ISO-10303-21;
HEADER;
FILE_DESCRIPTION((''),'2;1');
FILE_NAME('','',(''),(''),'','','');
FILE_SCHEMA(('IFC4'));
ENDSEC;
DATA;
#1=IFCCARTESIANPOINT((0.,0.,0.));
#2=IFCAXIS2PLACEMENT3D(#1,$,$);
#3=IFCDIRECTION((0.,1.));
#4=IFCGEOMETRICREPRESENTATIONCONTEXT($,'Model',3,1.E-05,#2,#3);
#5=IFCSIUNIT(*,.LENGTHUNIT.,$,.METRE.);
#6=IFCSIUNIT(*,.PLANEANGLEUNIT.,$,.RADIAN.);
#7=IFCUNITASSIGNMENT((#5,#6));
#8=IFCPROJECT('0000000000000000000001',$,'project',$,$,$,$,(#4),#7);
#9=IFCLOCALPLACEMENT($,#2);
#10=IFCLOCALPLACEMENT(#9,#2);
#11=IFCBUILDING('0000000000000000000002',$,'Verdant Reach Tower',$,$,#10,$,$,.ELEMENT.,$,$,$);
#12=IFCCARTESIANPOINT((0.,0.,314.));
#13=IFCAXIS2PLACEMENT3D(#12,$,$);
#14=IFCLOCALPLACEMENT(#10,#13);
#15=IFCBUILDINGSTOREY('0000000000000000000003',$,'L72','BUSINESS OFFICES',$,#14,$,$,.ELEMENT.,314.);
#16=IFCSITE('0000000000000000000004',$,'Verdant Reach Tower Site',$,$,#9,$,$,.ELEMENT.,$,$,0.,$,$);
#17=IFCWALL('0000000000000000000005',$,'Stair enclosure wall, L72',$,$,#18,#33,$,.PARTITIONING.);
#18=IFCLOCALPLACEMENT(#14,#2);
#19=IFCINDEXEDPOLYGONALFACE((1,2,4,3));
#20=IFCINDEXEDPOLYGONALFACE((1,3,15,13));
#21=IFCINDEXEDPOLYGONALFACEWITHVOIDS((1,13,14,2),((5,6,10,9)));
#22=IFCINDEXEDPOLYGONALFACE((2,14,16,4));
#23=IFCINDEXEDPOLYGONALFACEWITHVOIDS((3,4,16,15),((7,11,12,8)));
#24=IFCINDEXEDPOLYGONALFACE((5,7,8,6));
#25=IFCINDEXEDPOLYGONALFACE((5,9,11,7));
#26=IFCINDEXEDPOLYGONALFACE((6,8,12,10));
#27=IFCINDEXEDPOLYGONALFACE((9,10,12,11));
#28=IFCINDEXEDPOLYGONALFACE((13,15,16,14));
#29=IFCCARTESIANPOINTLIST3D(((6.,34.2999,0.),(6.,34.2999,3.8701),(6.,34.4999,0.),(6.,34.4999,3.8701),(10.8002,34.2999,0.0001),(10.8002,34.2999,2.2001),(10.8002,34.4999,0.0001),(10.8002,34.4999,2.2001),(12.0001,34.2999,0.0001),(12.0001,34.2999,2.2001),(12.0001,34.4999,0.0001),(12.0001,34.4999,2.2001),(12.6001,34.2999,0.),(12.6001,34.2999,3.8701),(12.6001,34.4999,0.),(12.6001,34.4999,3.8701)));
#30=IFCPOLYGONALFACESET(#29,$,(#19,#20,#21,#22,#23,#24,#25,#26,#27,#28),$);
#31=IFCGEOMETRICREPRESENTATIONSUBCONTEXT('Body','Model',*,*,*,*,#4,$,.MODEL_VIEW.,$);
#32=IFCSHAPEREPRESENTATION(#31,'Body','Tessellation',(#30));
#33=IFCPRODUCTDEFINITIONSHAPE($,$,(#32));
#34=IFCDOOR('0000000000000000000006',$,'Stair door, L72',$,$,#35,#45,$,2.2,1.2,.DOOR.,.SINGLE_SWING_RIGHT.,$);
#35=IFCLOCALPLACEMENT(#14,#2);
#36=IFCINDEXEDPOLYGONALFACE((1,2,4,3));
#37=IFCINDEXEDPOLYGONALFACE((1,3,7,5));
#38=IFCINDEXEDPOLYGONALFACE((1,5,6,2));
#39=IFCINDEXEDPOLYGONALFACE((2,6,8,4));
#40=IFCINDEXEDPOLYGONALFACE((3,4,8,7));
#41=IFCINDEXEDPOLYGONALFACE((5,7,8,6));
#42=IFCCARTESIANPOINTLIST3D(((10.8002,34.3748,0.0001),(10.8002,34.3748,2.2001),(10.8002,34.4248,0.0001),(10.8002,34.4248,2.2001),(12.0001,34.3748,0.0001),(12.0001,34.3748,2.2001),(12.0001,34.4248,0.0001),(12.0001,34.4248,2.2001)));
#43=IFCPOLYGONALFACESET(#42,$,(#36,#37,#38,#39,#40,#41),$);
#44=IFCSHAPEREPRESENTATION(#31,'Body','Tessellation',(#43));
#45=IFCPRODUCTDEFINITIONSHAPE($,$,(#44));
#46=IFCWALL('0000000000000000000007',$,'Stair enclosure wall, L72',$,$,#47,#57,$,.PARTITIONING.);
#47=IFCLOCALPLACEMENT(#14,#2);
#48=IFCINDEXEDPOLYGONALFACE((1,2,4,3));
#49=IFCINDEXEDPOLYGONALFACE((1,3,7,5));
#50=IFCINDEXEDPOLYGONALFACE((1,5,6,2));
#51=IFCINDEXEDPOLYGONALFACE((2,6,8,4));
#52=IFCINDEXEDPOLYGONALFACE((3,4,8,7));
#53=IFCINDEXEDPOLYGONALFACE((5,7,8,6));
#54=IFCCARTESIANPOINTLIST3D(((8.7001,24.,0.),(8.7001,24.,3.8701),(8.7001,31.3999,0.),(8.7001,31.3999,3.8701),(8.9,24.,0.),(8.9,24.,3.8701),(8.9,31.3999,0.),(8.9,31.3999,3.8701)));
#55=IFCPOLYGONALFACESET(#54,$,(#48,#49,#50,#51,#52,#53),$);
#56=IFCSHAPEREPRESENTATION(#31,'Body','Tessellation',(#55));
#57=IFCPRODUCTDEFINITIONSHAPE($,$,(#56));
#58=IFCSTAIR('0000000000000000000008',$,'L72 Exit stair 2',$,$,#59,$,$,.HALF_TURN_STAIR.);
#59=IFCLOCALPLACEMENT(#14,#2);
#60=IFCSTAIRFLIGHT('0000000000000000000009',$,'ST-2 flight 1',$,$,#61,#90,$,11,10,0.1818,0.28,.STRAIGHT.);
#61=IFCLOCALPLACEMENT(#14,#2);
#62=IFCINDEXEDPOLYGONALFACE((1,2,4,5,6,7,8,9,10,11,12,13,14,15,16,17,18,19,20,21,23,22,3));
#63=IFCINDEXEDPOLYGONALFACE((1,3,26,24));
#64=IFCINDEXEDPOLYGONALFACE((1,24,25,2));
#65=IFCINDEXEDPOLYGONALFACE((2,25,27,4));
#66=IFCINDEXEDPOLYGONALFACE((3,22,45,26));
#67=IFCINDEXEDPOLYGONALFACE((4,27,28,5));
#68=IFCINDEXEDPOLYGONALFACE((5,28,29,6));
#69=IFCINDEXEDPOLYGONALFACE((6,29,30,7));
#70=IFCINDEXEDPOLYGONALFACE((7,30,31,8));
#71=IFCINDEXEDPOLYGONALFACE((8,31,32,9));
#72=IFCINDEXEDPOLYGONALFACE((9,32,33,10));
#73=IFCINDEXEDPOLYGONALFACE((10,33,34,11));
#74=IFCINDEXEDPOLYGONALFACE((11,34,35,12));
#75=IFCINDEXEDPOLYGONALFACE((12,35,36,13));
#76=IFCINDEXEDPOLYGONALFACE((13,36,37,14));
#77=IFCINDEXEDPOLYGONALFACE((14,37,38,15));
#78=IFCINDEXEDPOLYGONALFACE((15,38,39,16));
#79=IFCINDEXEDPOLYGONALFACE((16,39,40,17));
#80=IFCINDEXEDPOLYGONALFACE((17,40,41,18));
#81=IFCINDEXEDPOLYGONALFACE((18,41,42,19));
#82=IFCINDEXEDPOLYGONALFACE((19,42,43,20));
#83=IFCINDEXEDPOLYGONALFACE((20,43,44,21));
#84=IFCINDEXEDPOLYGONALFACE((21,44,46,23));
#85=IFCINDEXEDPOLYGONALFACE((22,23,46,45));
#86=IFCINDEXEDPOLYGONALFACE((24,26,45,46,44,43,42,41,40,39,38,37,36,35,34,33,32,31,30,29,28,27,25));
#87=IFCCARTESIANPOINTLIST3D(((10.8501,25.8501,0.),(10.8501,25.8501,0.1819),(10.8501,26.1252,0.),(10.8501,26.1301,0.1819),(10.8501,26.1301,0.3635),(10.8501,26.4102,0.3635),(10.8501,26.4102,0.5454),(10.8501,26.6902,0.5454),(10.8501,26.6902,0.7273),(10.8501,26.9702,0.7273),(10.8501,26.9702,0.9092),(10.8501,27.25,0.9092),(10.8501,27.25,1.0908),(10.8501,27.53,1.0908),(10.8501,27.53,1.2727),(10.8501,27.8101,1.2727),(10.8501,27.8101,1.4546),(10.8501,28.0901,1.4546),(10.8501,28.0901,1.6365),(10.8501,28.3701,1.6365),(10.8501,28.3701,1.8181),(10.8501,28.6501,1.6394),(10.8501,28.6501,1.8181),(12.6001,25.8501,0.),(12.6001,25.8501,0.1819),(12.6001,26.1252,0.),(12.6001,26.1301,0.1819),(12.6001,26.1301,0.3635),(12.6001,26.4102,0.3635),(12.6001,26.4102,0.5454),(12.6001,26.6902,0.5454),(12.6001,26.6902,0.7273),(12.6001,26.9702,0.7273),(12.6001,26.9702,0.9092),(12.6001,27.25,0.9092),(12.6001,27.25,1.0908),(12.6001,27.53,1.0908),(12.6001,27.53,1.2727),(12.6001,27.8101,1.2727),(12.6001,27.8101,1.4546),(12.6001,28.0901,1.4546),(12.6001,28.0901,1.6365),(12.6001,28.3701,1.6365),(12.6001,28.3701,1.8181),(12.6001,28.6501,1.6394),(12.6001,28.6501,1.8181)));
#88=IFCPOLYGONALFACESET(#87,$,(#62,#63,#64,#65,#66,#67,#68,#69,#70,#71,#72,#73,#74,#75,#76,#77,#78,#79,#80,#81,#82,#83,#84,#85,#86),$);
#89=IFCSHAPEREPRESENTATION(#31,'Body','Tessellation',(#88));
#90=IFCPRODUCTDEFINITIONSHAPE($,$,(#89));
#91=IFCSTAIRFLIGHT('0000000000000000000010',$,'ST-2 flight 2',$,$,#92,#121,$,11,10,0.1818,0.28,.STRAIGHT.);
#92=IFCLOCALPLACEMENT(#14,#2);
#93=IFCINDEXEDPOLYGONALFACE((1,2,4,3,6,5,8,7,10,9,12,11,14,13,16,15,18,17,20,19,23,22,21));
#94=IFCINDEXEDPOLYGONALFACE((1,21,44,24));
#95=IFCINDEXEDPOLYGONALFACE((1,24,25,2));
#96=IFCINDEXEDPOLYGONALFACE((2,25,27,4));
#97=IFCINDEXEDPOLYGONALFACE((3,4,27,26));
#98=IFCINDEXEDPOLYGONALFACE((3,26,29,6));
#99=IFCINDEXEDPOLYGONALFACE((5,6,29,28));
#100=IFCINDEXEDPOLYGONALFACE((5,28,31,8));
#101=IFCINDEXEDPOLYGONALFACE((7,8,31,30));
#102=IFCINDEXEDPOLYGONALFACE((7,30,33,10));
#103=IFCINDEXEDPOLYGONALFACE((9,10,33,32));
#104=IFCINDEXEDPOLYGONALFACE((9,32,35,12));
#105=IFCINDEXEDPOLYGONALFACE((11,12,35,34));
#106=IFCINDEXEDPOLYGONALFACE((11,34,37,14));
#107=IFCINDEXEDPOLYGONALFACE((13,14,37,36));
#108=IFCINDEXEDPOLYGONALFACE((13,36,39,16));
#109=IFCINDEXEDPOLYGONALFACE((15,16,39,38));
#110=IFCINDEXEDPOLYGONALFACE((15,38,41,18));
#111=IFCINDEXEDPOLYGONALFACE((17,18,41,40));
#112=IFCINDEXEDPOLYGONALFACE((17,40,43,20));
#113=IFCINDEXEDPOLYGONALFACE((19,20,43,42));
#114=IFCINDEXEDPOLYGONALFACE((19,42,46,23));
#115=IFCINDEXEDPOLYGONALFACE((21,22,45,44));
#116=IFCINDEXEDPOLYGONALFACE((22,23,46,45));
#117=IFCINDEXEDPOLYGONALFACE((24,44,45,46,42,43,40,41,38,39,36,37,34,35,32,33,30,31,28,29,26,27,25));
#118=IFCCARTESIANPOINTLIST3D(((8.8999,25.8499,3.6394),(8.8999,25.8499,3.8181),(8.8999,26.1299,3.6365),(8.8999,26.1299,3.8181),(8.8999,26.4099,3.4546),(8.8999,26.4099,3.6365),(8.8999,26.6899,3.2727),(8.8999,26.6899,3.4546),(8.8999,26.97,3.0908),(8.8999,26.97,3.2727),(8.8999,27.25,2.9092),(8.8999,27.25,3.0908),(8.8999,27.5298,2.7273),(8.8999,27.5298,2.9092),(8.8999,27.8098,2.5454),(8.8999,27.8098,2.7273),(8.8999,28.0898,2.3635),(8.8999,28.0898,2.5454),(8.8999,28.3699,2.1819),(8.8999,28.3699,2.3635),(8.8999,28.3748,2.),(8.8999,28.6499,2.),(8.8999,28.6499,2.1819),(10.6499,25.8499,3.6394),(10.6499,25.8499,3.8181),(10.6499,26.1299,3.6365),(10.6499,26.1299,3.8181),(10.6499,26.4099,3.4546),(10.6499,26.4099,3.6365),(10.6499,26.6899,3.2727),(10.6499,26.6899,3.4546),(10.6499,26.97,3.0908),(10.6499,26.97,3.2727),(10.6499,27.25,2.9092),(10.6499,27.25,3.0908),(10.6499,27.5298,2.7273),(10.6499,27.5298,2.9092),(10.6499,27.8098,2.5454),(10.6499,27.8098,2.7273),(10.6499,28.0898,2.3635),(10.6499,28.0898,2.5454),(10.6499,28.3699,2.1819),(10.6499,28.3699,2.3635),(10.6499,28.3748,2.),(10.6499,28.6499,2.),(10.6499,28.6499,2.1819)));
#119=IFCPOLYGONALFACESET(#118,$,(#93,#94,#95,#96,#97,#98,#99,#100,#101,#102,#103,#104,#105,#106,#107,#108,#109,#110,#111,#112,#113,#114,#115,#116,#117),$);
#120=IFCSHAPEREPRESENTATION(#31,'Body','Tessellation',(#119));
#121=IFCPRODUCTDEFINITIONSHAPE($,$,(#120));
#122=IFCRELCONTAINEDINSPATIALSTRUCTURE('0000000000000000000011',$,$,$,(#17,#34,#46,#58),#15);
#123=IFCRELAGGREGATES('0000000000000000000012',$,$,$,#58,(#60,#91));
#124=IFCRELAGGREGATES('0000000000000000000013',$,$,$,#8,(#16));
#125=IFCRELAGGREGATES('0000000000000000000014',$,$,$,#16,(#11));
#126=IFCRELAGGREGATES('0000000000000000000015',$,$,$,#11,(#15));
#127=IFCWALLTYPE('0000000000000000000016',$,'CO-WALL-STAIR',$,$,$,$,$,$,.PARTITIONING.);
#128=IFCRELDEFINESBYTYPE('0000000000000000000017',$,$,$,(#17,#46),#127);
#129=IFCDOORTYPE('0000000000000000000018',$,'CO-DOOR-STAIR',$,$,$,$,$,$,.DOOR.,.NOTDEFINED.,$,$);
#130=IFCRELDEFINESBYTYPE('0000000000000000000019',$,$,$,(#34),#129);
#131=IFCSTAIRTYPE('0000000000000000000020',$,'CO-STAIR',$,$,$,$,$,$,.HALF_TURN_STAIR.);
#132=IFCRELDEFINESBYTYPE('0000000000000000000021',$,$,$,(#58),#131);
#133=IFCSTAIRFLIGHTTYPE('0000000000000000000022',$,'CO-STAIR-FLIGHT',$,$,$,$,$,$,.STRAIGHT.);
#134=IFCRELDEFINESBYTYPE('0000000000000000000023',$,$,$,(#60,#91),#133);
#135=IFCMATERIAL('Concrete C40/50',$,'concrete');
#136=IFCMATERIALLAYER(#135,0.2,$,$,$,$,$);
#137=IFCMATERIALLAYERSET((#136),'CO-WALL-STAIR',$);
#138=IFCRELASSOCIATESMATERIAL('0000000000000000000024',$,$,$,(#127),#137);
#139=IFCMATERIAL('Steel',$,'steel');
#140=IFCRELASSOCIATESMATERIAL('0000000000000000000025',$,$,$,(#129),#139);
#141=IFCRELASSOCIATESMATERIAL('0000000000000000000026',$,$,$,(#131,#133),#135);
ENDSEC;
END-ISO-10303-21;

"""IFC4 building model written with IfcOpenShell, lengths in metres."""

from ifc_helpers import new_model, si_unit, direction, frame, frame_2d, origin, place, context, subcontext, project, spatial, polyline, rectangle, outline, extrude, material, layer, layer_set, type_object, element, fill, aggregate, save


model = new_model("IFC4")

# Units and contexts
model_context = context("Model", 3, precision=1e-05, world=origin(), true_north=direction((0.0, 1.0)))
body_context = subcontext(model_context, "Body", "Model", "MODEL_VIEW")
ifc_project = project(units=[si_unit("LENGTHUNIT", "METRE"), si_unit("PLANEANGLEUNIT", "RADIAN")], contexts=[model_context])

# Site, building, storey
site_placement = place(None, origin())
site = spatial("IfcSite", under=ifc_project, at=site_placement, Name="Verdant Reach Tower Site", CompositionType="ELEMENT", RefElevation=0.0)
building_placement = place(site_placement, origin())
building = spatial("IfcBuilding", under=site, at=building_placement, Name="Verdant Reach Tower", CompositionType="ELEMENT")
storey_placement = place(building_placement, frame((0.0, 0.0, 314.0)))
storey = spatial("IfcBuildingStorey", under=building, at=storey_placement, Name="L72", Description="BUSINESS OFFICES", CompositionType="ELEMENT", Elevation=314.0)

# Shared definitions
ifc_material_1 = material(Name="Concrete C40/50", Category="concrete")

# Shared definitions
ifc_layer_1 = layer(ifc_material_1, 0.2)
ifc_layer_set_1 = layer_set([ifc_layer_1], Name="CO-WALL-STAIR")
wall_type_1 = type_object("IfcWallType", Name="CO-WALL-STAIR", PredefinedType="PARTITIONING", material=ifc_layer_set_1)
ifc_material_2 = material(Name="Steel", Category="steel")
door_type_1 = type_object("IfcDoorType", Name="CO-DOOR-STAIR", OperationType="NOTDEFINED", PredefinedType="DOOR", material=ifc_material_2)

# Wall, opening, door
wall_1_placement = place(storey_placement, frame((6.0, 34.3999, 0.0), z_axis=(0.0, 0.0, 1.0), x_axis=(1.0, 0.0, 0.0)))
wall_1 = element("IfcWall", 1, at=wall_1_placement, inside=storey, type_object=wall_type_1, Name="Stair enclosure wall, L72", PredefinedType="PARTITIONING", context=body_context, shape_type="SweptSolid", body=[
    extrude(rectangle(XDim=6.6001, YDim=0.2, at=frame_2d((3.3, 0.0))), origin(), (0.0, 0.0, 1.0), 3.8701),
])
opening_1_placement = place(wall_1_placement, frame((4.8, 0.0, 0.0)))
opening_1 = element("IfcOpeningElement", 2, at=opening_1_placement, cuts=wall_1, PredefinedType="OPENING", context=body_context, shape_type="SweptSolid", body=[
    extrude(rectangle(XDim=1.2, YDim=2.2, at=frame_2d((0.6001, 1.1001))), frame((0.0, 0.1099, 0.0), z_axis=(0.0, -1.0, 0.0), x_axis=(1.0, 0.0, 0.0)), (0.0, 0.0, 1.0), 0.22),
])
door_1_placement = place(opening_1_placement, origin())
door_1 = element("IfcDoor", 3, at=door_1_placement, inside=storey, type_object=door_type_1, Name="Stair door, L72", OperationType="SINGLE_SWING_RIGHT", OverallHeight=2.2, OverallWidth=1.2, PredefinedType="DOOR", context=body_context, shape_type="SweptSolid", body=[
    extrude(rectangle(XDim=1.2, YDim=2.2, at=frame_2d((0.6001, 1.1001))), frame((0.0, 0.0249, 0.0), z_axis=(0.0, -1.0, 0.0), x_axis=(1.0, 0.0, 0.0)), (0.0, 0.0, 1.0), 0.05),
])
fill(opening_1, door_1)

# Wall
wall_2_placement = place(storey_placement, frame((8.8, 24.0, 0.0), z_axis=(0.0, 0.0, 1.0), x_axis=(0.0, 1.0, 0.0)))
element("IfcWall", 4, at=wall_2_placement, inside=storey, type_object=wall_type_1, Name="Stair enclosure wall, L72", PredefinedType="PARTITIONING", context=body_context, shape_type="SweptSolid", body=[
    extrude(rectangle(XDim=7.3999, YDim=0.2, at=frame_2d((3.7, 0.0))), origin(), (0.0, 0.0, 1.0), 3.8701),
])

# Stair, stair flights
stair_type = type_object("IfcStairType", Name="CO-STAIR", PredefinedType="HALF_TURN_STAIR", material=ifc_material_1)
stair_placement = place(storey_placement, origin())
stair = element("IfcStair", 5, at=stair_placement, inside=storey, type_object=stair_type, Name="L72 Exit stair 2", PredefinedType="HALF_TURN_STAIR")
stair_flight_type = type_object("IfcStairFlightType", Name="CO-STAIR-FLIGHT", PredefinedType="STRAIGHT", material=ifc_material_1)
stair_flight_1_placement = place(storey_placement, frame((11.7251, 25.8501, 0.0), z_axis=(0.0, 0.0, 1.0), x_axis=(0.0, 1.0, 0.0)))
stair_flight_1 = element("IfcStairFlight", 6, at=stair_flight_1_placement, type_object=stair_flight_type, Name="ST-2 flight 1", NumberOfRisers=11, NumberOfTreads=10, PredefinedType="STRAIGHT", RiserHeight=0.1818, TreadLength=0.28, context=body_context, shape_type="SweptSolid", body=[
    extrude(outline(polyline([(0.0, 0.0), (0.0, 0.1819), (0.28, 0.1819), (0.28, 0.3635), (0.5601, 0.3635), (0.5601, 0.5454), (0.8401, 0.5454), (0.8401, 0.7273), (1.1201, 0.7273), (1.1201, 0.9092), (1.3999, 0.9092), (1.3999, 1.0908), (1.6799, 1.0908), (1.6799, 1.2727), (1.96, 1.2727), (1.96, 1.4546), (2.24, 1.4546), (2.24, 1.6365), (2.52, 1.6365), (2.52, 1.8181), (2.8, 1.8181), (2.8, 2.0), (2.8, 1.6394), (0.2751, 0.0), (0.0, 0.0)])), frame((0.0, 0.875, 0.0), z_axis=(0.0, -1.0, 0.0), x_axis=(1.0, 0.0, 0.0)), (0.0, 0.0, 1.0), 1.75),
])
stair_flight_2_placement = place(storey_placement, frame((9.7749, 28.6499, 2.0), z_axis=(0.0, 0.0, 1.0), x_axis=(0.0, -1.0, 0.0)))
stair_flight_2 = element("IfcStairFlight", 7, at=stair_flight_2_placement, type_object=stair_flight_type, Name="ST-2 flight 2", NumberOfRisers=11, NumberOfTreads=10, PredefinedType="STRAIGHT", RiserHeight=0.1818, TreadLength=0.28, context=body_context, shape_type="SweptSolid", body=[
    extrude(outline(polyline([(0.0, 0.0), (0.0, 0.1819), (0.28, 0.1819), (0.28, 0.3635), (0.5601, 0.3635), (0.5601, 0.5454), (0.8401, 0.5454), (0.8401, 0.7273), (1.1201, 0.7273), (1.1201, 0.9092), (1.3999, 0.9092), (1.3999, 1.0908), (1.6799, 1.0908), (1.6799, 1.2727), (1.96, 1.2727), (1.96, 1.4546), (2.24, 1.4546), (2.24, 1.6365), (2.52, 1.6365), (2.52, 1.8181), (2.8, 1.8181), (2.8, 2.0), (2.8, 1.6394), (0.2751, 0.0), (0.0, 0.0)])), frame((0.0, 0.875, 0.0), z_axis=(0.0, -1.0, 0.0), x_axis=(1.0, 0.0, 0.0)), (0.0, 0.0, 1.0), 1.75),
])
aggregate(stair, [stair_flight_1, stair_flight_2])

save(model, "model.ifc")
